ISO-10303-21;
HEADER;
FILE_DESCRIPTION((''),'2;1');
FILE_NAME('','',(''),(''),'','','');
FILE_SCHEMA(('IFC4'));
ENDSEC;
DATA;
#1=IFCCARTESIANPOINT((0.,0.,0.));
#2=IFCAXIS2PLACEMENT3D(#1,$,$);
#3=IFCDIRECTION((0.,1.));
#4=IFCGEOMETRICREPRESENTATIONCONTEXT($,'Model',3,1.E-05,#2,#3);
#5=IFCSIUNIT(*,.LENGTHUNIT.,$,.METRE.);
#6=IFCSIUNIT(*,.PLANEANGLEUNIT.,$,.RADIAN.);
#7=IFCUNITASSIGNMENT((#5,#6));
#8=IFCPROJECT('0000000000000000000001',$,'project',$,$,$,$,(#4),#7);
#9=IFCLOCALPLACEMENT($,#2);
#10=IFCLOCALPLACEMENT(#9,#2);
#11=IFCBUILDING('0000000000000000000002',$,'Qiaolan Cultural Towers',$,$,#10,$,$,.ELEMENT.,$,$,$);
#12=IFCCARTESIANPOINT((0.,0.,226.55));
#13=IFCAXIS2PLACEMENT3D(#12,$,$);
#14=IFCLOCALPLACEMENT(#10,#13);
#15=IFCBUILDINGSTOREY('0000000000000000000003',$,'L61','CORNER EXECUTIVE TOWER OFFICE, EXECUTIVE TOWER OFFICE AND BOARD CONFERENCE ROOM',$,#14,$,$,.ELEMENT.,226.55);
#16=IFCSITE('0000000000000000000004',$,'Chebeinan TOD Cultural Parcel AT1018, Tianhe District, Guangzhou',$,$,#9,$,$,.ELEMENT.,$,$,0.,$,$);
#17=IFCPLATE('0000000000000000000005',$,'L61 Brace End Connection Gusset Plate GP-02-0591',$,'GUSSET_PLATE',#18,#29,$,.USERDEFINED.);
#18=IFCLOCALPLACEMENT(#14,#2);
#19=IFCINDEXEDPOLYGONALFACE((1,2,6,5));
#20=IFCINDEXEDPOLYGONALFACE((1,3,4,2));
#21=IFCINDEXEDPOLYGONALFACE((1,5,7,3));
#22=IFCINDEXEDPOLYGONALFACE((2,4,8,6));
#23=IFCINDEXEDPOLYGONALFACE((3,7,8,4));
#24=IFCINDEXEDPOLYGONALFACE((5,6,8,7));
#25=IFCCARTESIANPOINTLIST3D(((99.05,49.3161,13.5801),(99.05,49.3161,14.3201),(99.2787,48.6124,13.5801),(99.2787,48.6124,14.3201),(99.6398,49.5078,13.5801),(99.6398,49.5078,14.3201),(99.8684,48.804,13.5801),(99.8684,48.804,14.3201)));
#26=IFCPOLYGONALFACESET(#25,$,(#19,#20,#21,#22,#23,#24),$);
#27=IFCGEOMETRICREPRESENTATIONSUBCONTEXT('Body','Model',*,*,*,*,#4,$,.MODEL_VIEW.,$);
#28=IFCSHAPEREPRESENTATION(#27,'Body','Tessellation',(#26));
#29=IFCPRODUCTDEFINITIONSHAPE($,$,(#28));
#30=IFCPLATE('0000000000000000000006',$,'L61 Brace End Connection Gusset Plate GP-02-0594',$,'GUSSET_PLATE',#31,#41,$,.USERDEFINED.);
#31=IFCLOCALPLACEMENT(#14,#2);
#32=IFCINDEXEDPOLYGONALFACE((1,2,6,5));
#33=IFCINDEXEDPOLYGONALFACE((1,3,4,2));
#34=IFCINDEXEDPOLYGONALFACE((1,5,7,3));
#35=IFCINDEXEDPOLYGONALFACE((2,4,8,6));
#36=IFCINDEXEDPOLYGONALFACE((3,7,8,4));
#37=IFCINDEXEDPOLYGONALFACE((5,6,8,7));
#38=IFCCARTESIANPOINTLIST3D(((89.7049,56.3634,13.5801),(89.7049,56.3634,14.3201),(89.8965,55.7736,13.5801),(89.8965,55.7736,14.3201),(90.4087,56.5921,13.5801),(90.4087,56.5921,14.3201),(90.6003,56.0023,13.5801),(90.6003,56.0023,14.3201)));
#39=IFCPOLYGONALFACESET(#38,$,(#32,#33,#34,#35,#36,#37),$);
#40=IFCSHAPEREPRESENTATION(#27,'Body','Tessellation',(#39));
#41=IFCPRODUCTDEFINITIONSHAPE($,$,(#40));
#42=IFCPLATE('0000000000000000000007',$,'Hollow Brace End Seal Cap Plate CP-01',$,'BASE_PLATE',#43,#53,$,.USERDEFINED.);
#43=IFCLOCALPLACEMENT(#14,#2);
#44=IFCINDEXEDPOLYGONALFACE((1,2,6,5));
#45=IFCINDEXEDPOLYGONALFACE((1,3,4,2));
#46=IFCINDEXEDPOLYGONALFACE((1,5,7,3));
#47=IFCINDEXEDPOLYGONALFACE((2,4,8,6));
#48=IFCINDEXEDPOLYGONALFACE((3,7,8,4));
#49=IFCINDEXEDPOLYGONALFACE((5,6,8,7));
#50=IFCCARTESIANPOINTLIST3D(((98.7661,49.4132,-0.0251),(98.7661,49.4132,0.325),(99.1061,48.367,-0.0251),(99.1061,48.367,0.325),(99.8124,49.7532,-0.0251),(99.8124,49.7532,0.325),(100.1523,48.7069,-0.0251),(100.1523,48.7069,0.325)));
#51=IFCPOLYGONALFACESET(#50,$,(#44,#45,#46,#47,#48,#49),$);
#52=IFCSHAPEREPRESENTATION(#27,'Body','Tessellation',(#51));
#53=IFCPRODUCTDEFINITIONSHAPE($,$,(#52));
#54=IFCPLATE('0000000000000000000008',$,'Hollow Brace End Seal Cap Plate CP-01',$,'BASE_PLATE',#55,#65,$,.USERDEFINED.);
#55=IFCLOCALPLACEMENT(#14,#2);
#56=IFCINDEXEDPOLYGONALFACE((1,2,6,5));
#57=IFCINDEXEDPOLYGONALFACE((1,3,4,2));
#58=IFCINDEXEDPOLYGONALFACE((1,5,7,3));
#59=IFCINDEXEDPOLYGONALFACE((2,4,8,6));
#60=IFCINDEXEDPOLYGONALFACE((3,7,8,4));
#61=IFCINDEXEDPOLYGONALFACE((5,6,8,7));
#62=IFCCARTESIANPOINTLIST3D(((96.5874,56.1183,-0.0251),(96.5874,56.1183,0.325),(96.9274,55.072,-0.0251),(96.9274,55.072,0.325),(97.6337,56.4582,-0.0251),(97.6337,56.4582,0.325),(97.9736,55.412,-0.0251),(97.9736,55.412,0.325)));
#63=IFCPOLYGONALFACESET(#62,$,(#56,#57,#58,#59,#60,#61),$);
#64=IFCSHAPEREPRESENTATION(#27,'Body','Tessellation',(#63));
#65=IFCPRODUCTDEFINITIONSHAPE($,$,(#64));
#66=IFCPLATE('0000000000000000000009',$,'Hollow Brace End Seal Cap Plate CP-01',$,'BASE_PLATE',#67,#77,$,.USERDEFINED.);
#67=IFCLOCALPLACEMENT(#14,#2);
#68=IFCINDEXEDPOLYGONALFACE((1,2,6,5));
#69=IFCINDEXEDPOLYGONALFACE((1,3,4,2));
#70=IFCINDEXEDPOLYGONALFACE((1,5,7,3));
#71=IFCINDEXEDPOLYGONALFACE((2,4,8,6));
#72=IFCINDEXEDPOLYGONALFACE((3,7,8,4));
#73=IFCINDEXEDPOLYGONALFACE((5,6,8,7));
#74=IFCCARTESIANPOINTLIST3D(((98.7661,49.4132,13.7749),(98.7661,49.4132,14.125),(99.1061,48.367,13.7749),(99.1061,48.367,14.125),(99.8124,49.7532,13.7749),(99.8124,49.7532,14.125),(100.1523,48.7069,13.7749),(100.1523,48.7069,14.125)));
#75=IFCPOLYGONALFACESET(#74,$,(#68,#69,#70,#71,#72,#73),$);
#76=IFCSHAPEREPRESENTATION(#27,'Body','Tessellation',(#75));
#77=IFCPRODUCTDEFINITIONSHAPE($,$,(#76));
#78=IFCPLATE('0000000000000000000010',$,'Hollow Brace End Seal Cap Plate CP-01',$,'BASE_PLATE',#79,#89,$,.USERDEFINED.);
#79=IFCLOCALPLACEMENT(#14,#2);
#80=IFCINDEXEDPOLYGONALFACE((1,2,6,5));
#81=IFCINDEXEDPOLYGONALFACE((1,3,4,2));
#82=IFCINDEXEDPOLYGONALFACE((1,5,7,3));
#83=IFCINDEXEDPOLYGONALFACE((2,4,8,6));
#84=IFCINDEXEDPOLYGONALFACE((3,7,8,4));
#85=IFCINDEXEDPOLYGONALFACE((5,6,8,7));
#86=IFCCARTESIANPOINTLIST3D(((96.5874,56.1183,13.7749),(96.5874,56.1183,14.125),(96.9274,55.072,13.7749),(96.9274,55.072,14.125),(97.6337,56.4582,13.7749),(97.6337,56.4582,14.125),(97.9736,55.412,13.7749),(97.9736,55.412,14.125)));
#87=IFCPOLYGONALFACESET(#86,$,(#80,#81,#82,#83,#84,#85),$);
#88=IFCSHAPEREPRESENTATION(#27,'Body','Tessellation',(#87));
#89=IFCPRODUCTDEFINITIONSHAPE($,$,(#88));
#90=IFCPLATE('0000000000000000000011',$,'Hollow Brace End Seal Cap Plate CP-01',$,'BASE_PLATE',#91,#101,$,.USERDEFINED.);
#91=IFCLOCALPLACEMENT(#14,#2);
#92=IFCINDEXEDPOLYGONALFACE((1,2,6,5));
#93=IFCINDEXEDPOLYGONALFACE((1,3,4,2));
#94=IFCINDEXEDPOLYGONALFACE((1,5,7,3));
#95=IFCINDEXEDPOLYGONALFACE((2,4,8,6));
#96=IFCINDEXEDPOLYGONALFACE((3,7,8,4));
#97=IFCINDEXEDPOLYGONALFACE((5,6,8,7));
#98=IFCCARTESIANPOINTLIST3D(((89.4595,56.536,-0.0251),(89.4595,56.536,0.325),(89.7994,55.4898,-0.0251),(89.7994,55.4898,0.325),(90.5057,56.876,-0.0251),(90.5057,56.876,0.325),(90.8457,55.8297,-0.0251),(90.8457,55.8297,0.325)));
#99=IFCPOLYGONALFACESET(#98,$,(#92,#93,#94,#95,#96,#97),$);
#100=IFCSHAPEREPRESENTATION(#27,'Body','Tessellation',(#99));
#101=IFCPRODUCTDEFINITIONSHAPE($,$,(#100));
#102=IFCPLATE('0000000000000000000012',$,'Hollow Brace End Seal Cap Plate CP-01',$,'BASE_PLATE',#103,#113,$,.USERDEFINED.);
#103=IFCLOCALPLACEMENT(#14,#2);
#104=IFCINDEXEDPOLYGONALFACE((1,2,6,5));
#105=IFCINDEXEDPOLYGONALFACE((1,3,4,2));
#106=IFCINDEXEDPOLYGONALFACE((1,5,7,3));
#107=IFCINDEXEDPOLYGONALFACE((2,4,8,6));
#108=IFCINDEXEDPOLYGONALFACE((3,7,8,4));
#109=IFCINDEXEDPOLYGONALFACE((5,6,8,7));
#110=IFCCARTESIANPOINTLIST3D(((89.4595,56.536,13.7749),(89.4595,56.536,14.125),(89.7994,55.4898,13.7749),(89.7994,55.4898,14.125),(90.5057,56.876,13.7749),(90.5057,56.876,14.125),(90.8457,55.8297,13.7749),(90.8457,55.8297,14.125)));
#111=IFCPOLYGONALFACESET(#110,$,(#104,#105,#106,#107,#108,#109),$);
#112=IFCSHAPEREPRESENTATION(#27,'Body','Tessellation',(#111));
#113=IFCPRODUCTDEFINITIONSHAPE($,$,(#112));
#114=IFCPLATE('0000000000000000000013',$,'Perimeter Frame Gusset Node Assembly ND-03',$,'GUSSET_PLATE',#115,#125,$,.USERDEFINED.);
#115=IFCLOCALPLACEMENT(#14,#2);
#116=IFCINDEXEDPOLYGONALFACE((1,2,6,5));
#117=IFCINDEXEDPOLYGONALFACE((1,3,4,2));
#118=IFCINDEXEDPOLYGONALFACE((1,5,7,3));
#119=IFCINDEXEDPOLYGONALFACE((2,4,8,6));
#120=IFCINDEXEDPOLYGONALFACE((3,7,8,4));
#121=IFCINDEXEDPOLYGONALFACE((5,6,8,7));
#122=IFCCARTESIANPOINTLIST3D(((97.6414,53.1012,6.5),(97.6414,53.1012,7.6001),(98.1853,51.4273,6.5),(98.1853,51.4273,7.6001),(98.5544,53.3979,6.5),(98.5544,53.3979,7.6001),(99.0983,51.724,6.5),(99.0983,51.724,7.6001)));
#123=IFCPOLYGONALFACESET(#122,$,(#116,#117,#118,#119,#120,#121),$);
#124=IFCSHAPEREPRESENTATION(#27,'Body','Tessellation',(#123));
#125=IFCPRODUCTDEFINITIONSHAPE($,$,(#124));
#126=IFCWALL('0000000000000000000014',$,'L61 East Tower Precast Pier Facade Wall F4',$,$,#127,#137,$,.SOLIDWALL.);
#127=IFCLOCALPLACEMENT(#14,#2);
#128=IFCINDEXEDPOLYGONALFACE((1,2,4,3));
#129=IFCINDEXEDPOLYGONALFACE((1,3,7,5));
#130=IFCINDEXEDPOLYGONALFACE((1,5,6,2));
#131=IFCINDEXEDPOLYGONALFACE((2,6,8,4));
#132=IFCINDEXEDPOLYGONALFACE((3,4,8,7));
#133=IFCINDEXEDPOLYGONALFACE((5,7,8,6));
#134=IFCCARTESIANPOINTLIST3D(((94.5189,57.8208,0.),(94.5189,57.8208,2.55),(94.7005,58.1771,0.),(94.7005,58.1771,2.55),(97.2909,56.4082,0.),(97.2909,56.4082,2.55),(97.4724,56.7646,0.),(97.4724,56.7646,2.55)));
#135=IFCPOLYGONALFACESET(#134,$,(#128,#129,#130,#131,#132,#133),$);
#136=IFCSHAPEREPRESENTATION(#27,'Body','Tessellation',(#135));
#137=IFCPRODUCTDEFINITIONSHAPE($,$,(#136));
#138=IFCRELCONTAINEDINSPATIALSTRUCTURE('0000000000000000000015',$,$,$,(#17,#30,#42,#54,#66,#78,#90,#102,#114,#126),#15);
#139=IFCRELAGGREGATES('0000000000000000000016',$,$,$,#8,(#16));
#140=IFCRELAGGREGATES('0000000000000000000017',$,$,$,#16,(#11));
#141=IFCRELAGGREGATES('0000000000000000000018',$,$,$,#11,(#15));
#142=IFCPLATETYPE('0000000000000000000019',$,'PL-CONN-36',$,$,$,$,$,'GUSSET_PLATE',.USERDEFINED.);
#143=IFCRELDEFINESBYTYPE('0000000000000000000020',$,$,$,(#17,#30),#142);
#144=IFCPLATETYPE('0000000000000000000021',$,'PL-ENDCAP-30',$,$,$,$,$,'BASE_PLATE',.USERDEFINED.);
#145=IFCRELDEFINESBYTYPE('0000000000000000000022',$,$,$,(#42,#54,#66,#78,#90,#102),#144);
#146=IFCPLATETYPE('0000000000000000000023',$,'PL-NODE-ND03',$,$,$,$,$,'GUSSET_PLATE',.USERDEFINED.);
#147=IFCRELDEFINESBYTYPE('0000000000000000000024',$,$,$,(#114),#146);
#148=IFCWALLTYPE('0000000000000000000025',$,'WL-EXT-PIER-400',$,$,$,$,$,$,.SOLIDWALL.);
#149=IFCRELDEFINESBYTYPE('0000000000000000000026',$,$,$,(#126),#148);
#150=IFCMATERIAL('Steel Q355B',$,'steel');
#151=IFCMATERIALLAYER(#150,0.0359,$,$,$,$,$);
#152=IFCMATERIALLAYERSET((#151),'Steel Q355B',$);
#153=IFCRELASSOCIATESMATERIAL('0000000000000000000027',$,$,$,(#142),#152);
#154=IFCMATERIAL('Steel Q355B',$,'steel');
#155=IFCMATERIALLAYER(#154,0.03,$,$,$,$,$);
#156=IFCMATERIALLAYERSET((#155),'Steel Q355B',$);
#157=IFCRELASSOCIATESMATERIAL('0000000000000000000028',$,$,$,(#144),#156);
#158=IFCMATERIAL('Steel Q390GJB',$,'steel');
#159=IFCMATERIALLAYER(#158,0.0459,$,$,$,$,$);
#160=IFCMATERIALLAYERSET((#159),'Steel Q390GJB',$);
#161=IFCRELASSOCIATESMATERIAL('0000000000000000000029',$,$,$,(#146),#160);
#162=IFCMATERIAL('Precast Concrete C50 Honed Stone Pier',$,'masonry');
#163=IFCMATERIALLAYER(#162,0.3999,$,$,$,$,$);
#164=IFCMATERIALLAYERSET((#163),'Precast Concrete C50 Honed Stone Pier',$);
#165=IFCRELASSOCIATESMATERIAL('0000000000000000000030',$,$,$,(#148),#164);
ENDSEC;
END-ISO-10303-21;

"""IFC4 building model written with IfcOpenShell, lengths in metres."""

from ifc_helpers import new_model, si_unit, direction, frame, frame_2d, origin, origin_2d, place, context, subcontext, project, spatial, rectangle, extrude, material, layer, layer_set, type_object, element, save


model = new_model("IFC4")

# Units and contexts
model_context = context("Model", 3, precision=1e-05, world=origin(), true_north=direction((0.0, 1.0)))
body_context = subcontext(model_context, "Body", "Model", "MODEL_VIEW")
ifc_project = project(units=[si_unit("LENGTHUNIT", "METRE"), si_unit("PLANEANGLEUNIT", "RADIAN")], contexts=[model_context])

# Site, building, storey
site_placement = place(None, origin())
site = spatial("IfcSite", under=ifc_project, at=site_placement, Name="Chebeinan TOD Cultural Parcel AT1018, Tianhe District, Guangzhou", CompositionType="ELEMENT", RefElevation=0.0)
building_placement = place(site_placement, origin())
building = spatial("IfcBuilding", under=site, at=building_placement, Name="Qiaolan Cultural Towers", CompositionType="ELEMENT")
storey_placement = place(building_placement, frame((0.0, 0.0, 226.55)))
storey = spatial("IfcBuildingStorey", under=building, at=storey_placement, Name="L61", Description="CORNER EXECUTIVE TOWER OFFICE, EXECUTIVE TOWER OFFICE AND BOARD CONFERENCE ROOM", CompositionType="ELEMENT", Elevation=226.55)

# Plates
ifc_material_1 = material(Name="Steel Q355B", Category="steel")
ifc_layer_1 = layer(ifc_material_1, 0.0359)
ifc_layer_set_1 = layer_set([ifc_layer_1], Name="Steel Q355B")
plate_type_1 = type_object("IfcPlateType", Name="PL-CONN-36", ElementType="GUSSET_PLATE", PredefinedType="USERDEFINED", material=ifc_layer_set_1)
for number, where, z_axis, x_axis, name in (
    (1, (99.4592, 49.0601, 13.5801), (0.0, 0.0, 1.0), (-0.309017, 0.951057, 0.0), "L61 Brace End Connection Gusset Plate GP-02-0591"),
    (2, (90.1526, 56.1829, 13.5801), (0.0, 0.0, 1.0), (0.951057, 0.309017, 0.0), "L61 Brace End Connection Gusset Plate GP-02-0594"),
):
    element("IfcPlate", number, at=place(storey_placement, frame(where, z_axis=z_axis, x_axis=x_axis)), inside=storey, type_object=plate_type_1, Name=name, ObjectType="GUSSET_PLATE", PredefinedType="USERDEFINED", context=body_context, shape_type="SweptSolid", body=[
        extrude(rectangle(XDim=0.74, YDim=0.6201, at=origin_2d()), origin(), (0.0, 0.0, 1.0), 0.74),
    ])
ifc_material_2 = material(Name="Steel Q355B", Category="steel")
ifc_layer_2 = layer(ifc_material_2, 0.03)
ifc_layer_set_2 = layer_set([ifc_layer_2], Name="Steel Q355B")
plate_type_2 = type_object("IfcPlateType", Name="PL-ENDCAP-30", ElementType="BASE_PLATE", PredefinedType="USERDEFINED", material=ifc_layer_set_2)
for number, where, z_axis, x_axis, name in (
    (3, (99.4592, 49.0601, -0.0251), (0.0, 0.0, 1.0), (-0.309017, 0.951057, 0.0), "Hollow Brace End Seal Cap Plate CP-01"),
    (4, (97.2805, 55.7651, -0.0251), (0.0, 0.0, 1.0), (-0.309017, 0.951057, 0.0), "Hollow Brace End Seal Cap Plate CP-01"),
    (5, (99.4592, 49.0601, 13.7749), (0.0, 0.0, 1.0), (-0.309017, 0.951057, 0.0), "Hollow Brace End Seal Cap Plate CP-01"),
    (6, (97.2805, 55.7651, 13.7749), (0.0, 0.0, 1.0), (-0.309017, 0.951057, 0.0), "Hollow Brace End Seal Cap Plate CP-01"),
    (7, (90.1526, 56.1829, -0.0251), (0.0, 0.0, 1.0), (0.951057, 0.309017, 0.0), "Hollow Brace End Seal Cap Plate CP-01"),
    (8, (90.1526, 56.1829, 13.7749), (0.0, 0.0, 1.0), (0.951057, 0.309017, 0.0), "Hollow Brace End Seal Cap Plate CP-01"),
):
    element("IfcPlate", number, at=place(storey_placement, frame(where, z_axis=z_axis, x_axis=x_axis)), inside=storey, type_object=plate_type_2, Name=name, ObjectType="BASE_PLATE", PredefinedType="USERDEFINED", context=body_context, shape_type="SweptSolid", body=[
        extrude(rectangle(XDim=1.1001, YDim=1.1001, at=origin_2d()), origin(), (0.0, 0.0, 1.0), 0.3501),
    ])
ifc_material_3 = material(Name="Steel Q390GJB", Category="steel")
ifc_layer_3 = layer(ifc_material_3, 0.0459)
ifc_layer_set_3 = layer_set([ifc_layer_3], Name="Steel Q390GJB")
plate_type_3 = type_object("IfcPlateType", Name="PL-NODE-ND03", ElementType="GUSSET_PLATE", PredefinedType="USERDEFINED", material=ifc_layer_set_3)
plate_placement = place(storey_placement, frame((98.3699, 52.4126, 6.5), z_axis=(0.0, 0.0, 1.0), x_axis=(-0.309017, 0.951057, 0.0)))
element("IfcPlate", 9, at=plate_placement, inside=storey, type_object=plate_type_3, Name="Perimeter Frame Gusset Node Assembly ND-03", ObjectType="GUSSET_PLATE", PredefinedType="USERDEFINED", context=body_context, shape_type="SweptSolid", body=[
    extrude(rectangle(XDim=1.76, YDim=0.96, at=origin_2d()), origin(), (0.0, 0.0, 1.0), 1.1001),
])

# Wall
ifc_material_4 = material(Name="Precast Concrete C50 Honed Stone Pier", Category="masonry")
ifc_layer_4 = layer(ifc_material_4, 0.3999)
ifc_layer_set_4 = layer_set([ifc_layer_4], Name="Precast Concrete C50 Honed Stone Pier")
wall_type_1 = type_object("IfcWallType", Name="WL-EXT-PIER-400", PredefinedType="SOLIDWALL", material=ifc_layer_set_4)
wall_1_placement = place(storey_placement, frame((94.6096, 57.999, 0.0), z_axis=(0.0, 0.0, 1.0), x_axis=(0.89098, -0.454043, 0.0)))
element("IfcWall", 10, at=wall_1_placement, inside=storey, type_object=wall_type_1, Name="L61 East Tower Precast Pier Facade Wall F4", PredefinedType="SOLIDWALL", context=body_context, shape_type="SweptSolid", body=[
    extrude(rectangle(XDim=3.1111, YDim=0.3999, at=frame_2d((1.5557, 0.0))), origin(), (0.0, 0.0, 1.0), 2.55),
])

save(model, "model.ifc")
